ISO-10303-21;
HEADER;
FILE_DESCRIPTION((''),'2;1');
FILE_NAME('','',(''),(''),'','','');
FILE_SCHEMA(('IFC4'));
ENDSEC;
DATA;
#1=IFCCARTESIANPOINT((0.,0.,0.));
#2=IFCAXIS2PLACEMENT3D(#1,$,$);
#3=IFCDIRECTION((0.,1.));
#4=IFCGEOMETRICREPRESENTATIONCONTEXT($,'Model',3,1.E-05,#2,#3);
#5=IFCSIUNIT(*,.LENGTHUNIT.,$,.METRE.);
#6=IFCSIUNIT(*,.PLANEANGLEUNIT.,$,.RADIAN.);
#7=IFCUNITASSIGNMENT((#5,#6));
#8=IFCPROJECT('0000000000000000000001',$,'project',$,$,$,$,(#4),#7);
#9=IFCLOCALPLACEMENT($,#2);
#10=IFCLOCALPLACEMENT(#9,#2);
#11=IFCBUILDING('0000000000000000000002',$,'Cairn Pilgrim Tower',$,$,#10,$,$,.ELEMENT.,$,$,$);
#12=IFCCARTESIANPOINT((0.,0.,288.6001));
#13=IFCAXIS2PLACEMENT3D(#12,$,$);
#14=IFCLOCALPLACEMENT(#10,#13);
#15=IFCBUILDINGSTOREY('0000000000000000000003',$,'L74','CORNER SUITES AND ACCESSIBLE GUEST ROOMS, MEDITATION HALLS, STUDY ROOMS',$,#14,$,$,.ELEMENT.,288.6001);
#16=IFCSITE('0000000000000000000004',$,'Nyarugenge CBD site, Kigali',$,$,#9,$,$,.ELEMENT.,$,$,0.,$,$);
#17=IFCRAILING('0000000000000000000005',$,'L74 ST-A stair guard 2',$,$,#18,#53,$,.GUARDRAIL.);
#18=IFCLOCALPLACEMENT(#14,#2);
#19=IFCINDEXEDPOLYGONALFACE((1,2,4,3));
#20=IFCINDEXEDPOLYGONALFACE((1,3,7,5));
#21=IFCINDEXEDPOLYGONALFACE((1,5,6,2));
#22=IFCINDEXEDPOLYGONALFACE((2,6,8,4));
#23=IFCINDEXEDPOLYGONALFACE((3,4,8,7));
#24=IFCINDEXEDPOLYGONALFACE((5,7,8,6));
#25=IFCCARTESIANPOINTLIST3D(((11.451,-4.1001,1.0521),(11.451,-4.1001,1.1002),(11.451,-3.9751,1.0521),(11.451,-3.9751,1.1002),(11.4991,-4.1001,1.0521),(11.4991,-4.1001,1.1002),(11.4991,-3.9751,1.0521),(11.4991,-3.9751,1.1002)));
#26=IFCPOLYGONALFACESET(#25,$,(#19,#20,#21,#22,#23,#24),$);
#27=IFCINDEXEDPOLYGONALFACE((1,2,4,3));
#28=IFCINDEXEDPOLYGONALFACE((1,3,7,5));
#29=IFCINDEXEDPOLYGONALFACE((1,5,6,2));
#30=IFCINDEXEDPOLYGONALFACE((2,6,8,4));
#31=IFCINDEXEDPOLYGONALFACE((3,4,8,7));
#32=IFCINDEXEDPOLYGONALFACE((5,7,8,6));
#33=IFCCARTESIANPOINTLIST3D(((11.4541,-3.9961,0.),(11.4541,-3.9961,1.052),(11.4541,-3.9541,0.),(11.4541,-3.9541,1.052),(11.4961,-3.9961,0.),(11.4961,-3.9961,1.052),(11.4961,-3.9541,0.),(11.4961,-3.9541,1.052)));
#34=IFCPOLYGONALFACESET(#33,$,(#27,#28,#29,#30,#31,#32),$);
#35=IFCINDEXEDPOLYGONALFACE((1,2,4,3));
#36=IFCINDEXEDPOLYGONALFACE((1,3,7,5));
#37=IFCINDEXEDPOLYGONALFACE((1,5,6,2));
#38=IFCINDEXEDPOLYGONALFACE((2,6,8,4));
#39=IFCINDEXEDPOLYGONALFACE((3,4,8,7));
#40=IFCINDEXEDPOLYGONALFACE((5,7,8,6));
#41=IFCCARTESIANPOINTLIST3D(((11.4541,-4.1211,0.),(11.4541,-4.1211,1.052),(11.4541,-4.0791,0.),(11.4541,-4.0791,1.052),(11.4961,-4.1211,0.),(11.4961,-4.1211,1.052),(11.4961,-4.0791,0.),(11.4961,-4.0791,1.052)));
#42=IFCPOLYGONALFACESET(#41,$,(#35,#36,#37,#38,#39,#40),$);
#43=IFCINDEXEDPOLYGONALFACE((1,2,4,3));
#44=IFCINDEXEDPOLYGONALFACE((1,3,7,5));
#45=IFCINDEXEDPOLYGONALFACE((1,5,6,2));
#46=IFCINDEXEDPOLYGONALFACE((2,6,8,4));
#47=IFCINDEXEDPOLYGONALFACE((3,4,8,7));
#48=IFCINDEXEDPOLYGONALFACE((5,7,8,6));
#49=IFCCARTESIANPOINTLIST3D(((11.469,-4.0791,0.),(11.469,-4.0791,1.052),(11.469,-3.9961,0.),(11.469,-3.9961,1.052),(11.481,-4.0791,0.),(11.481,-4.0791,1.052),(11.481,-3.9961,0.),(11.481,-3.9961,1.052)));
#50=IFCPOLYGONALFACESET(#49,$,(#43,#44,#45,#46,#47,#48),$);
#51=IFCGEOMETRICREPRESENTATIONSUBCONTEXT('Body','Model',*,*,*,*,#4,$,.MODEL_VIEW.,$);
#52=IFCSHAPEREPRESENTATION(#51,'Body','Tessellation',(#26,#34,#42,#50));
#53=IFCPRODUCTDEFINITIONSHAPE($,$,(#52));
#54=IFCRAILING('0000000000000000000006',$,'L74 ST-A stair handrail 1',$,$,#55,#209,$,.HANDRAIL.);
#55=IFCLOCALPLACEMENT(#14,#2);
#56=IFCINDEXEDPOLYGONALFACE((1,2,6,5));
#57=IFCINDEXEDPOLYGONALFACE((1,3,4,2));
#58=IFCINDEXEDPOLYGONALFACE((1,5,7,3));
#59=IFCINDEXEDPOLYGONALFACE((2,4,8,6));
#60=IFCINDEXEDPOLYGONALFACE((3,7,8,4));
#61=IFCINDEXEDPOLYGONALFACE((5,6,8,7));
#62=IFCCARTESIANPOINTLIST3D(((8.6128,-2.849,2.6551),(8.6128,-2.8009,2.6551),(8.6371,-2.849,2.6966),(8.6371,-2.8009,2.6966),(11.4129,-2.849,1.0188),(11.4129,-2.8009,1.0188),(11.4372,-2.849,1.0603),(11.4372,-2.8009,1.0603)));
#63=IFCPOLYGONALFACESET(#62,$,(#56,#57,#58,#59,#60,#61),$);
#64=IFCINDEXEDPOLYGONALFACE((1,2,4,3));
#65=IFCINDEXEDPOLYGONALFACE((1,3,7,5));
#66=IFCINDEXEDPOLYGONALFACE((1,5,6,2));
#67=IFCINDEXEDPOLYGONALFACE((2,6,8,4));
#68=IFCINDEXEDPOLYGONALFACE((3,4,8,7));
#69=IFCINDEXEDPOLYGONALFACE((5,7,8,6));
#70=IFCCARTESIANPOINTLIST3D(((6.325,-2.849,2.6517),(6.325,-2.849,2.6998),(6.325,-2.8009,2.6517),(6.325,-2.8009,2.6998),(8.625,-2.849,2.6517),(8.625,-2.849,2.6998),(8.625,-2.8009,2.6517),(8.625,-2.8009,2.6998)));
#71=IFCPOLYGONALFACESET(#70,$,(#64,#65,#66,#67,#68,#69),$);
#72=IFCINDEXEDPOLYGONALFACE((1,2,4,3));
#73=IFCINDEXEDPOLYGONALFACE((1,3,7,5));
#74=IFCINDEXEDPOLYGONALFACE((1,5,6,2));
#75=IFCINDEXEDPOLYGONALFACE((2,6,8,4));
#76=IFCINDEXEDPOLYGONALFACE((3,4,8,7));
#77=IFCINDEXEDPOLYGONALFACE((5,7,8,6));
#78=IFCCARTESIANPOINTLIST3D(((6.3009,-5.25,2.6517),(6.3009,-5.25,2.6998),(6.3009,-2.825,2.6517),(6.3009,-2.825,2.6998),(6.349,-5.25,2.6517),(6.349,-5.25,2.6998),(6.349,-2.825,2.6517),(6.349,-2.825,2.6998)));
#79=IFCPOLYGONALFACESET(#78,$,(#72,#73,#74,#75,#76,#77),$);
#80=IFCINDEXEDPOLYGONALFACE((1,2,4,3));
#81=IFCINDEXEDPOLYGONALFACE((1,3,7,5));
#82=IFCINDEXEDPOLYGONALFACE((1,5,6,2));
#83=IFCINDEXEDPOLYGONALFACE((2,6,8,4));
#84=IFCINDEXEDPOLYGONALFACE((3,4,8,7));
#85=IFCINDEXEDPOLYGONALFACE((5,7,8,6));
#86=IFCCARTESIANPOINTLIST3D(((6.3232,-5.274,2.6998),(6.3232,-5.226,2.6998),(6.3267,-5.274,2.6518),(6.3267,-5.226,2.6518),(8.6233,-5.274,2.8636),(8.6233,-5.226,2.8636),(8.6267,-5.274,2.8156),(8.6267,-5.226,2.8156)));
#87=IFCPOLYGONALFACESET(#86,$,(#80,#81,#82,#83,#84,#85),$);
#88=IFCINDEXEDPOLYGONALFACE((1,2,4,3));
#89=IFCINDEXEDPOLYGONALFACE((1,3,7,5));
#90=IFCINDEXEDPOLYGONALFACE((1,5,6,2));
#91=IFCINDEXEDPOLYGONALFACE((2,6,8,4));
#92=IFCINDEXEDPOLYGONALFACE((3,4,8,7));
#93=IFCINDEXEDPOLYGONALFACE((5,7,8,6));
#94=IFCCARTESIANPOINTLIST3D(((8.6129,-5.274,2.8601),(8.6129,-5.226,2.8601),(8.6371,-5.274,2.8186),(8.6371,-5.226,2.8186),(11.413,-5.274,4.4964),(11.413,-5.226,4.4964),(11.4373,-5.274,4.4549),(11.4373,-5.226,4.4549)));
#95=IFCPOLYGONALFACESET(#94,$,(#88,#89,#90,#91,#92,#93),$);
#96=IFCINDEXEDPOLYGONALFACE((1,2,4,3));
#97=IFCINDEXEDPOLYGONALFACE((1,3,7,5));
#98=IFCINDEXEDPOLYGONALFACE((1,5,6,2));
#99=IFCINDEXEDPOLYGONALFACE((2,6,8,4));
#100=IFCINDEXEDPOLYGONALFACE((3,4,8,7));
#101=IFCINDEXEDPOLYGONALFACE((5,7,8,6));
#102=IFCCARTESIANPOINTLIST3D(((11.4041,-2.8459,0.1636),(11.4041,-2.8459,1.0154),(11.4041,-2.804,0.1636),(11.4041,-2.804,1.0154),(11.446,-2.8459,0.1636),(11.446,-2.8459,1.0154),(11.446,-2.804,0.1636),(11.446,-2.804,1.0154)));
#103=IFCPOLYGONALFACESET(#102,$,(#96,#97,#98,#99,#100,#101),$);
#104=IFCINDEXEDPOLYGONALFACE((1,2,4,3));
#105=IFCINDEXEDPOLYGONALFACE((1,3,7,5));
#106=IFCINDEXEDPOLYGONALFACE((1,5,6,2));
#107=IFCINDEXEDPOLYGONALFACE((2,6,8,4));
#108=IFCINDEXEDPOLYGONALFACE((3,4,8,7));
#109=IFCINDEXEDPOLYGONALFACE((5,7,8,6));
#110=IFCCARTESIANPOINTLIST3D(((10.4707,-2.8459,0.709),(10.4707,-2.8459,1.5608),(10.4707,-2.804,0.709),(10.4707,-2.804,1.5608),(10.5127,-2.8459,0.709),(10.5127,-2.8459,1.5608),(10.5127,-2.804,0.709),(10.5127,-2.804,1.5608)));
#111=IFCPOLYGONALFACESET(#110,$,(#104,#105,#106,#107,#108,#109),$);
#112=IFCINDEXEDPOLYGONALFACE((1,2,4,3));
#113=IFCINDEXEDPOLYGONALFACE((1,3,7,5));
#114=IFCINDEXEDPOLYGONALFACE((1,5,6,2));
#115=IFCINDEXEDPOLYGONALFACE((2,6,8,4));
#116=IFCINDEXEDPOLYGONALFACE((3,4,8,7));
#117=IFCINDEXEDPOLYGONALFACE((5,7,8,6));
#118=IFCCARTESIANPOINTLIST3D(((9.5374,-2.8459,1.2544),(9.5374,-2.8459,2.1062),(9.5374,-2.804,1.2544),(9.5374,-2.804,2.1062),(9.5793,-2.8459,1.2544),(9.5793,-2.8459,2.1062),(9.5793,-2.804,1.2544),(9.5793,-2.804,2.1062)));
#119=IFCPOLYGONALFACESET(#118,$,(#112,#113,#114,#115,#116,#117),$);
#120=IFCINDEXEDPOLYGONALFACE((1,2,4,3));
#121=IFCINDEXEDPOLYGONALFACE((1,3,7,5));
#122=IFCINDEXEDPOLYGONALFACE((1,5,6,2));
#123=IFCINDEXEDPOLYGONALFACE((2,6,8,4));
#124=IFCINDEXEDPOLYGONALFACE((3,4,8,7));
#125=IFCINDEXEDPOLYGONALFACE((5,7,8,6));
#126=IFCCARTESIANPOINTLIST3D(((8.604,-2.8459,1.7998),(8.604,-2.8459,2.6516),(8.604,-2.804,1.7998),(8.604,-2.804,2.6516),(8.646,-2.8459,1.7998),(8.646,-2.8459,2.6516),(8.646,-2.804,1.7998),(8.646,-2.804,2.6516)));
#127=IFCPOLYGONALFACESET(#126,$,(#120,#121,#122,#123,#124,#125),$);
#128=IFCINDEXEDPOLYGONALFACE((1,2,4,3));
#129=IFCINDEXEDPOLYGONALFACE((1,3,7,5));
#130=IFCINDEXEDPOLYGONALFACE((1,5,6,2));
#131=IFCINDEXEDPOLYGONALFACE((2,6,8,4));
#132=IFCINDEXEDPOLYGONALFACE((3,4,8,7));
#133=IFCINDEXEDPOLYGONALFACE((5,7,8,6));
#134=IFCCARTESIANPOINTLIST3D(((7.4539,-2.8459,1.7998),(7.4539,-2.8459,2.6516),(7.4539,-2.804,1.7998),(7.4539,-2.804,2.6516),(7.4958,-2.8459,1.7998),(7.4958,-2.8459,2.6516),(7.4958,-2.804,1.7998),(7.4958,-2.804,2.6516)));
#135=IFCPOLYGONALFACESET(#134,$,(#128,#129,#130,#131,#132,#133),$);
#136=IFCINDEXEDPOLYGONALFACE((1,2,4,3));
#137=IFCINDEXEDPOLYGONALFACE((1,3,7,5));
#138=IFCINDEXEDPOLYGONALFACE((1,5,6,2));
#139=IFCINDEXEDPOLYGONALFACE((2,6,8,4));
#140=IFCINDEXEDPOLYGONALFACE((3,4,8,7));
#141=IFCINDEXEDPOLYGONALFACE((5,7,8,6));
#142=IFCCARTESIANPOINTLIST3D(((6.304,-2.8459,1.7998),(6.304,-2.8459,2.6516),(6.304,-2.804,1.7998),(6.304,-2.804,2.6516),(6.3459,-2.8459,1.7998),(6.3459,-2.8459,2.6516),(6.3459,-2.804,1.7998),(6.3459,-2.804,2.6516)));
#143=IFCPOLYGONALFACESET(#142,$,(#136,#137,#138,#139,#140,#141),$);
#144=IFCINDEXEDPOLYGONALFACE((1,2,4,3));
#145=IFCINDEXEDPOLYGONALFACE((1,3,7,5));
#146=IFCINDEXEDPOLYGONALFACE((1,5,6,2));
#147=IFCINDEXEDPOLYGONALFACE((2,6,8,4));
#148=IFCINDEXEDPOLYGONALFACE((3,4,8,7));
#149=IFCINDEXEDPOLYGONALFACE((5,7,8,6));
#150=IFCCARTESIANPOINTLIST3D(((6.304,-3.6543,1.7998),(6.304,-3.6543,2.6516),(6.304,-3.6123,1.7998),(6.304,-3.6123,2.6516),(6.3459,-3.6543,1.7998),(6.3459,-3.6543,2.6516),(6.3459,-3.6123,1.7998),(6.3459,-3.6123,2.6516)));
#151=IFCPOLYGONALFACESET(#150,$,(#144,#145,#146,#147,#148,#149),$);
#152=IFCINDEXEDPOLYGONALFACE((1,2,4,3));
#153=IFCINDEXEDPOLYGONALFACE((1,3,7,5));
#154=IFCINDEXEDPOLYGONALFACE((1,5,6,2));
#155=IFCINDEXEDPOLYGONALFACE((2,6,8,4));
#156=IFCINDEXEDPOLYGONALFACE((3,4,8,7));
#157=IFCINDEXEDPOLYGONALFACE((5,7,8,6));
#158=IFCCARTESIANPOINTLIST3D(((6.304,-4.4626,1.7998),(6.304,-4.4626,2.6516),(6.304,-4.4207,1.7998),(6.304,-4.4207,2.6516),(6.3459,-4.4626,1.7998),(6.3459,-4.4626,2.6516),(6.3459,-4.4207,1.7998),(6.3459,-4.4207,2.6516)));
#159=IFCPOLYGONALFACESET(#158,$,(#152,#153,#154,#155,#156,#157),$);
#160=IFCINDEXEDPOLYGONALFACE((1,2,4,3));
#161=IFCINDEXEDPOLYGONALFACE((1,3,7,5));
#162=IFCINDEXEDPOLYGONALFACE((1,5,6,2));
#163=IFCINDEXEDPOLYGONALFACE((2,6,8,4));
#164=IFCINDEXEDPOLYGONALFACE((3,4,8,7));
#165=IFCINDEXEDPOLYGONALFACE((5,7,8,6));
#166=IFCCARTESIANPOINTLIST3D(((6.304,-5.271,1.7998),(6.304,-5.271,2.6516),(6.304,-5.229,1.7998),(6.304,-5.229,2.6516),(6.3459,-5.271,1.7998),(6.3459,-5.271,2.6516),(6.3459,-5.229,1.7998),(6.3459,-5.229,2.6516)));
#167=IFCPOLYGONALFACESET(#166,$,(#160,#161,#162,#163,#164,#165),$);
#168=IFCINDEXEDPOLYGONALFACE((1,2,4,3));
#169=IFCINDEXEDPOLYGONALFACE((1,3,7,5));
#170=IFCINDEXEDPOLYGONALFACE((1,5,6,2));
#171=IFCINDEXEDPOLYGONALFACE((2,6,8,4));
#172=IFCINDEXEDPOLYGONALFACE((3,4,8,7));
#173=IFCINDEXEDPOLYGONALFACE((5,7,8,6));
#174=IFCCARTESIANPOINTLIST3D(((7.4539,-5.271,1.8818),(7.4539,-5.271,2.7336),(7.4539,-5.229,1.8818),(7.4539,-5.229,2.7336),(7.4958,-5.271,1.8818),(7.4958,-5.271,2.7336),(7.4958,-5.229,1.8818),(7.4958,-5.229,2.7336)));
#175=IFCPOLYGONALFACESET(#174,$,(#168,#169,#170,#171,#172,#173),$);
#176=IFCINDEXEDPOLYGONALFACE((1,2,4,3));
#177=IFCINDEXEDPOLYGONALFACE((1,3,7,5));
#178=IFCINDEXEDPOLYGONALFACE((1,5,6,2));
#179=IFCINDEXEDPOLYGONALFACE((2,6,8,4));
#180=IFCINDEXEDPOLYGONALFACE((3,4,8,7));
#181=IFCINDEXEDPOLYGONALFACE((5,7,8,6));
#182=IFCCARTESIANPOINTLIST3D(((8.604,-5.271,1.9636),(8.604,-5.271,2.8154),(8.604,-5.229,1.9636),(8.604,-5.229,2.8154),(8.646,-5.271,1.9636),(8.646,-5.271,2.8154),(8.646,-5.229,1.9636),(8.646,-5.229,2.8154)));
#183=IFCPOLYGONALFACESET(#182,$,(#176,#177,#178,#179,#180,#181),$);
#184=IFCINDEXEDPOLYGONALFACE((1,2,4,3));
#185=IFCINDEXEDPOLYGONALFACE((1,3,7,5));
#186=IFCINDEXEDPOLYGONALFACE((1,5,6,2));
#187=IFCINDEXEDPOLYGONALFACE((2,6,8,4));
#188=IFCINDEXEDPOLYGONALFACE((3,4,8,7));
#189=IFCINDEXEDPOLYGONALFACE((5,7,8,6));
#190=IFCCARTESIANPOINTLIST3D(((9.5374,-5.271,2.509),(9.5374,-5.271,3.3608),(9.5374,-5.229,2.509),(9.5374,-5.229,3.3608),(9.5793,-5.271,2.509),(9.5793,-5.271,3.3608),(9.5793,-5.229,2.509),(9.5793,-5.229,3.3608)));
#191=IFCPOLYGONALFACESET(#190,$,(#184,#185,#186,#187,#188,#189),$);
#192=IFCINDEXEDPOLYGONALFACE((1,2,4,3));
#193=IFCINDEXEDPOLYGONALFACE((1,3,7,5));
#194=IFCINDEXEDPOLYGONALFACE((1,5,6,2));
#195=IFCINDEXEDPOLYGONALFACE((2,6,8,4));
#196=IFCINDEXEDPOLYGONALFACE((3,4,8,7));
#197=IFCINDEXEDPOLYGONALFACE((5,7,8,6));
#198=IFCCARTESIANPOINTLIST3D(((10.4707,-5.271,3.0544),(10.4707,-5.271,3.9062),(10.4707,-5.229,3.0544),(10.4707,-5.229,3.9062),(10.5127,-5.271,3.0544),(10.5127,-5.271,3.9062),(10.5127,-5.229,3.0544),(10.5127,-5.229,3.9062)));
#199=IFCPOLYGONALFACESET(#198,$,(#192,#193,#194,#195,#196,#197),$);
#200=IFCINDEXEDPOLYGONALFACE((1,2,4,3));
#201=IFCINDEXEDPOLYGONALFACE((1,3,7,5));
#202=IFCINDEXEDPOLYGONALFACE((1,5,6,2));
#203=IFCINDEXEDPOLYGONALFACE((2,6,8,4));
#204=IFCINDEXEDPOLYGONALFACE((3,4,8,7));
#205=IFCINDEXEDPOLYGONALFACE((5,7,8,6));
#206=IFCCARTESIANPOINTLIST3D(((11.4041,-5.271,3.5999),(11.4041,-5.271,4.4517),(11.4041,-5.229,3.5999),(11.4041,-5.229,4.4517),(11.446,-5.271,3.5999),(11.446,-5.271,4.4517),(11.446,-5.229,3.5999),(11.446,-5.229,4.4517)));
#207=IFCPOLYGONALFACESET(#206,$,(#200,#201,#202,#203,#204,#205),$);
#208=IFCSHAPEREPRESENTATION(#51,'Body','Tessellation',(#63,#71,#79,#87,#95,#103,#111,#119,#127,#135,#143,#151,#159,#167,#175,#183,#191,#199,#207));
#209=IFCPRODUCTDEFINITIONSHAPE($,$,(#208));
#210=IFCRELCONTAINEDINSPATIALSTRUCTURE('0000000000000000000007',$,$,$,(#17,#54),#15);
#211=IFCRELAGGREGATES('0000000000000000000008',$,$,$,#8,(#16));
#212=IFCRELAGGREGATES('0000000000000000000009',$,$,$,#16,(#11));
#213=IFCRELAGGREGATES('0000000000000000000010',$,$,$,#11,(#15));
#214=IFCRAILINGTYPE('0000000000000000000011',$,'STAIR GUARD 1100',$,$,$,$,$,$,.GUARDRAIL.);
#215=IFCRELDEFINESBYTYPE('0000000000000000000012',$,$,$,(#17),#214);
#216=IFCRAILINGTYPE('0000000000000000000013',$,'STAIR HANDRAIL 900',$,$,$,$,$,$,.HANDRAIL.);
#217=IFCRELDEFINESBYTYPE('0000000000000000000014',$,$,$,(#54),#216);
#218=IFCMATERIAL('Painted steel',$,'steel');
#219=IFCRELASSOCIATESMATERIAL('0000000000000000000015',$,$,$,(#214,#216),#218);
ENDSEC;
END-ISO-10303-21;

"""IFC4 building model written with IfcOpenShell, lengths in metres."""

from ifc_helpers import new_model, si_unit, direction, frame, origin, origin_2d, place, context, subcontext, project, spatial, polyline, rectangle, outline, extrude, material, type_object, element, save


model = new_model("IFC4")

# Units and contexts
model_context = context("Model", 3, precision=1e-05, world=origin(), true_north=direction((0.0, 1.0)))
body_context = subcontext(model_context, "Body", "Model", "MODEL_VIEW")
ifc_project = project(units=[si_unit("LENGTHUNIT", "METRE"), si_unit("PLANEANGLEUNIT", "RADIAN")], contexts=[model_context])

# Site, building, storey
site_placement = place(None, origin())
site = spatial("IfcSite", under=ifc_project, at=site_placement, Name="Nyarugenge CBD site, Kigali", CompositionType="ELEMENT", RefElevation=0.0)
building_placement = place(site_placement, origin())
building = spatial("IfcBuilding", under=site, at=building_placement, Name="Cairn Pilgrim Tower", CompositionType="ELEMENT")
storey_placement = place(building_placement, frame((0.0, 0.0, 288.6001)))
storey = spatial("IfcBuildingStorey", under=building, at=storey_placement, Name="L74", Description="CORNER SUITES AND ACCESSIBLE GUEST ROOMS, MEDITATION HALLS, STUDY ROOMS", CompositionType="ELEMENT", Elevation=288.6001)

# Shared definitions
ifc_material_1 = material(Name="Painted steel", Category="steel")

# Railings
railing_type_1 = type_object("IfcRailingType", Name="STAIR GUARD 1100", PredefinedType="GUARDRAIL", material=ifc_material_1)
railing_1_placement = place(storey_placement, frame((11.4751, -3.9751, 0.0)))
element("IfcRailing", 1, at=railing_1_placement, inside=storey, type_object=railing_type_1, Name="L74 ST-A stair guard 2", PredefinedType="GUARDRAIL", context=body_context, shape_type="SweptSolid", body=[
    extrude(rectangle(XDim=0.0481, YDim=0.0481, at=origin_2d()), frame((0.0, 0.0, 1.0762), z_axis=(0.0, -1.0, 0.0), x_axis=(1.0, 0.0, 0.0)), (0.0, 0.0, 1.0), 0.125),
    extrude(rectangle(XDim=0.042, YDim=0.042, at=origin_2d()), origin(), (0.0, 0.0, 1.0), 1.052),
    extrude(rectangle(XDim=0.042, YDim=0.042, at=origin_2d()), frame((0.0, -0.125, 0.0)), (0.0, 0.0, 1.0), 1.052),
    extrude(outline(polyline([(0.021, 0.0), (0.104, 0.0), (0.104, 1.052), (0.021, 1.052), (0.021, 0.0)])), frame((0.0059, 0.0, 0.0), z_axis=(-1.0, 0.0, 0.0), x_axis=(0.0, -1.0, 0.0)), (0.0, 0.0, 1.0), 0.012),
])
railing_type_2 = type_object("IfcRailingType", Name="STAIR HANDRAIL 900", PredefinedType="HANDRAIL", material=ifc_material_1)
railing_2_placement = place(storey_placement, frame((11.425, -2.825, 0.1636)))
element("IfcRailing", 2, at=railing_2_placement, inside=storey, type_object=railing_type_2, Name="L74 ST-A stair handrail 1", PredefinedType="HANDRAIL", context=body_context, shape_type="SweptSolid", body=[
    extrude(rectangle(XDim=0.0481, YDim=0.0481, at=origin_2d()), frame((0.0, 0.0, 0.876), z_axis=(-0.863394, 0.0, 0.504531), x_axis=(0.0, -1.0, 0.0)), (0.0, 0.0, 1.0), 3.2432),
    extrude(rectangle(XDim=0.0481, YDim=0.0481, at=origin_2d()), frame((-2.8, 0.0, 2.5122), z_axis=(-1.0, 0.0, 0.0), x_axis=(0.0, -1.0, 0.0)), (0.0, 0.0, 1.0), 2.3),
    extrude(rectangle(XDim=0.0481, YDim=0.0481, at=origin_2d()), frame((-5.1001, 0.0, 2.5122), z_axis=(0.0, -1.0, 0.0), x_axis=(1.0, 0.0, 0.0)), (0.0, 0.0, 1.0), 2.425),
    extrude(rectangle(XDim=0.0481, YDim=0.0481, at=origin_2d()), frame((-5.1001, -2.425, 2.5122), z_axis=(0.997473, 0.0, 0.071044), x_axis=(0.0, 1.0, 0.0)), (0.0, 0.0, 1.0), 2.3059),
    extrude(rectangle(XDim=0.0481, YDim=0.0481, at=origin_2d()), frame((-2.8, -2.425, 2.6758), z_axis=(0.863394, 0.0, 0.504531), x_axis=(0.0, 1.0, 0.0)), (0.0, 0.0, 1.0), 3.2432),
    extrude(rectangle(XDim=0.042, YDim=0.042, at=origin_2d()), origin(), (0.0, 0.0, 1.0), 0.8518),
    extrude(rectangle(XDim=0.042, YDim=0.042, at=origin_2d()), frame((-0.9333, 0.0, 0.5454)), (0.0, 0.0, 1.0), 0.8518),
    extrude(rectangle(XDim=0.042, YDim=0.042, at=origin_2d()), frame((-1.8667, 0.0, 1.0908)), (0.0, 0.0, 1.0), 0.8518),
    extrude(rectangle(XDim=0.042, YDim=0.042, at=origin_2d()), frame((-2.8, 0.0, 1.6362)), (0.0, 0.0, 1.0), 0.8518),
    extrude(rectangle(XDim=0.042, YDim=0.042, at=origin_2d()), frame((-3.9502, 0.0, 1.6362)), (0.0, 0.0, 1.0), 0.8518),
    extrude(rectangle(XDim=0.042, YDim=0.042, at=origin_2d()), frame((-5.1001, 0.0, 1.6362)), (0.0, 0.0, 1.0), 0.8518),
    extrude(rectangle(XDim=0.042, YDim=0.042, at=origin_2d()), frame((-5.1001, -0.8083, 1.6362)), (0.0, 0.0, 1.0), 0.8518),
    extrude(rectangle(XDim=0.042, YDim=0.042, at=origin_2d()), frame((-5.1001, -1.6167, 1.6362)), (0.0, 0.0, 1.0), 0.8518),
    extrude(rectangle(XDim=0.042, YDim=0.042, at=origin_2d()), frame((-5.1001, -2.425, 1.6362)), (0.0, 0.0, 1.0), 0.8518),
    extrude(rectangle(XDim=0.042, YDim=0.042, at=origin_2d()), frame((-3.9502, -2.425, 1.7183)), (0.0, 0.0, 1.0), 0.8518),
    extrude(rectangle(XDim=0.042, YDim=0.042, at=origin_2d()), frame((-2.8, -2.425, 1.8)), (0.0, 0.0, 1.0), 0.8518),
    extrude(rectangle(XDim=0.042, YDim=0.042, at=origin_2d()), frame((-1.8667, -2.425, 2.3455)), (0.0, 0.0, 1.0), 0.8518),
    extrude(rectangle(XDim=0.042, YDim=0.042, at=origin_2d()), frame((-0.9333, -2.425, 2.8909)), (0.0, 0.0, 1.0), 0.8518),
    extrude(rectangle(XDim=0.042, YDim=0.042, at=origin_2d()), frame((0.0, -2.425, 3.4363)), (0.0, 0.0, 1.0), 0.8518),
])

save(model, "model.ifc")
